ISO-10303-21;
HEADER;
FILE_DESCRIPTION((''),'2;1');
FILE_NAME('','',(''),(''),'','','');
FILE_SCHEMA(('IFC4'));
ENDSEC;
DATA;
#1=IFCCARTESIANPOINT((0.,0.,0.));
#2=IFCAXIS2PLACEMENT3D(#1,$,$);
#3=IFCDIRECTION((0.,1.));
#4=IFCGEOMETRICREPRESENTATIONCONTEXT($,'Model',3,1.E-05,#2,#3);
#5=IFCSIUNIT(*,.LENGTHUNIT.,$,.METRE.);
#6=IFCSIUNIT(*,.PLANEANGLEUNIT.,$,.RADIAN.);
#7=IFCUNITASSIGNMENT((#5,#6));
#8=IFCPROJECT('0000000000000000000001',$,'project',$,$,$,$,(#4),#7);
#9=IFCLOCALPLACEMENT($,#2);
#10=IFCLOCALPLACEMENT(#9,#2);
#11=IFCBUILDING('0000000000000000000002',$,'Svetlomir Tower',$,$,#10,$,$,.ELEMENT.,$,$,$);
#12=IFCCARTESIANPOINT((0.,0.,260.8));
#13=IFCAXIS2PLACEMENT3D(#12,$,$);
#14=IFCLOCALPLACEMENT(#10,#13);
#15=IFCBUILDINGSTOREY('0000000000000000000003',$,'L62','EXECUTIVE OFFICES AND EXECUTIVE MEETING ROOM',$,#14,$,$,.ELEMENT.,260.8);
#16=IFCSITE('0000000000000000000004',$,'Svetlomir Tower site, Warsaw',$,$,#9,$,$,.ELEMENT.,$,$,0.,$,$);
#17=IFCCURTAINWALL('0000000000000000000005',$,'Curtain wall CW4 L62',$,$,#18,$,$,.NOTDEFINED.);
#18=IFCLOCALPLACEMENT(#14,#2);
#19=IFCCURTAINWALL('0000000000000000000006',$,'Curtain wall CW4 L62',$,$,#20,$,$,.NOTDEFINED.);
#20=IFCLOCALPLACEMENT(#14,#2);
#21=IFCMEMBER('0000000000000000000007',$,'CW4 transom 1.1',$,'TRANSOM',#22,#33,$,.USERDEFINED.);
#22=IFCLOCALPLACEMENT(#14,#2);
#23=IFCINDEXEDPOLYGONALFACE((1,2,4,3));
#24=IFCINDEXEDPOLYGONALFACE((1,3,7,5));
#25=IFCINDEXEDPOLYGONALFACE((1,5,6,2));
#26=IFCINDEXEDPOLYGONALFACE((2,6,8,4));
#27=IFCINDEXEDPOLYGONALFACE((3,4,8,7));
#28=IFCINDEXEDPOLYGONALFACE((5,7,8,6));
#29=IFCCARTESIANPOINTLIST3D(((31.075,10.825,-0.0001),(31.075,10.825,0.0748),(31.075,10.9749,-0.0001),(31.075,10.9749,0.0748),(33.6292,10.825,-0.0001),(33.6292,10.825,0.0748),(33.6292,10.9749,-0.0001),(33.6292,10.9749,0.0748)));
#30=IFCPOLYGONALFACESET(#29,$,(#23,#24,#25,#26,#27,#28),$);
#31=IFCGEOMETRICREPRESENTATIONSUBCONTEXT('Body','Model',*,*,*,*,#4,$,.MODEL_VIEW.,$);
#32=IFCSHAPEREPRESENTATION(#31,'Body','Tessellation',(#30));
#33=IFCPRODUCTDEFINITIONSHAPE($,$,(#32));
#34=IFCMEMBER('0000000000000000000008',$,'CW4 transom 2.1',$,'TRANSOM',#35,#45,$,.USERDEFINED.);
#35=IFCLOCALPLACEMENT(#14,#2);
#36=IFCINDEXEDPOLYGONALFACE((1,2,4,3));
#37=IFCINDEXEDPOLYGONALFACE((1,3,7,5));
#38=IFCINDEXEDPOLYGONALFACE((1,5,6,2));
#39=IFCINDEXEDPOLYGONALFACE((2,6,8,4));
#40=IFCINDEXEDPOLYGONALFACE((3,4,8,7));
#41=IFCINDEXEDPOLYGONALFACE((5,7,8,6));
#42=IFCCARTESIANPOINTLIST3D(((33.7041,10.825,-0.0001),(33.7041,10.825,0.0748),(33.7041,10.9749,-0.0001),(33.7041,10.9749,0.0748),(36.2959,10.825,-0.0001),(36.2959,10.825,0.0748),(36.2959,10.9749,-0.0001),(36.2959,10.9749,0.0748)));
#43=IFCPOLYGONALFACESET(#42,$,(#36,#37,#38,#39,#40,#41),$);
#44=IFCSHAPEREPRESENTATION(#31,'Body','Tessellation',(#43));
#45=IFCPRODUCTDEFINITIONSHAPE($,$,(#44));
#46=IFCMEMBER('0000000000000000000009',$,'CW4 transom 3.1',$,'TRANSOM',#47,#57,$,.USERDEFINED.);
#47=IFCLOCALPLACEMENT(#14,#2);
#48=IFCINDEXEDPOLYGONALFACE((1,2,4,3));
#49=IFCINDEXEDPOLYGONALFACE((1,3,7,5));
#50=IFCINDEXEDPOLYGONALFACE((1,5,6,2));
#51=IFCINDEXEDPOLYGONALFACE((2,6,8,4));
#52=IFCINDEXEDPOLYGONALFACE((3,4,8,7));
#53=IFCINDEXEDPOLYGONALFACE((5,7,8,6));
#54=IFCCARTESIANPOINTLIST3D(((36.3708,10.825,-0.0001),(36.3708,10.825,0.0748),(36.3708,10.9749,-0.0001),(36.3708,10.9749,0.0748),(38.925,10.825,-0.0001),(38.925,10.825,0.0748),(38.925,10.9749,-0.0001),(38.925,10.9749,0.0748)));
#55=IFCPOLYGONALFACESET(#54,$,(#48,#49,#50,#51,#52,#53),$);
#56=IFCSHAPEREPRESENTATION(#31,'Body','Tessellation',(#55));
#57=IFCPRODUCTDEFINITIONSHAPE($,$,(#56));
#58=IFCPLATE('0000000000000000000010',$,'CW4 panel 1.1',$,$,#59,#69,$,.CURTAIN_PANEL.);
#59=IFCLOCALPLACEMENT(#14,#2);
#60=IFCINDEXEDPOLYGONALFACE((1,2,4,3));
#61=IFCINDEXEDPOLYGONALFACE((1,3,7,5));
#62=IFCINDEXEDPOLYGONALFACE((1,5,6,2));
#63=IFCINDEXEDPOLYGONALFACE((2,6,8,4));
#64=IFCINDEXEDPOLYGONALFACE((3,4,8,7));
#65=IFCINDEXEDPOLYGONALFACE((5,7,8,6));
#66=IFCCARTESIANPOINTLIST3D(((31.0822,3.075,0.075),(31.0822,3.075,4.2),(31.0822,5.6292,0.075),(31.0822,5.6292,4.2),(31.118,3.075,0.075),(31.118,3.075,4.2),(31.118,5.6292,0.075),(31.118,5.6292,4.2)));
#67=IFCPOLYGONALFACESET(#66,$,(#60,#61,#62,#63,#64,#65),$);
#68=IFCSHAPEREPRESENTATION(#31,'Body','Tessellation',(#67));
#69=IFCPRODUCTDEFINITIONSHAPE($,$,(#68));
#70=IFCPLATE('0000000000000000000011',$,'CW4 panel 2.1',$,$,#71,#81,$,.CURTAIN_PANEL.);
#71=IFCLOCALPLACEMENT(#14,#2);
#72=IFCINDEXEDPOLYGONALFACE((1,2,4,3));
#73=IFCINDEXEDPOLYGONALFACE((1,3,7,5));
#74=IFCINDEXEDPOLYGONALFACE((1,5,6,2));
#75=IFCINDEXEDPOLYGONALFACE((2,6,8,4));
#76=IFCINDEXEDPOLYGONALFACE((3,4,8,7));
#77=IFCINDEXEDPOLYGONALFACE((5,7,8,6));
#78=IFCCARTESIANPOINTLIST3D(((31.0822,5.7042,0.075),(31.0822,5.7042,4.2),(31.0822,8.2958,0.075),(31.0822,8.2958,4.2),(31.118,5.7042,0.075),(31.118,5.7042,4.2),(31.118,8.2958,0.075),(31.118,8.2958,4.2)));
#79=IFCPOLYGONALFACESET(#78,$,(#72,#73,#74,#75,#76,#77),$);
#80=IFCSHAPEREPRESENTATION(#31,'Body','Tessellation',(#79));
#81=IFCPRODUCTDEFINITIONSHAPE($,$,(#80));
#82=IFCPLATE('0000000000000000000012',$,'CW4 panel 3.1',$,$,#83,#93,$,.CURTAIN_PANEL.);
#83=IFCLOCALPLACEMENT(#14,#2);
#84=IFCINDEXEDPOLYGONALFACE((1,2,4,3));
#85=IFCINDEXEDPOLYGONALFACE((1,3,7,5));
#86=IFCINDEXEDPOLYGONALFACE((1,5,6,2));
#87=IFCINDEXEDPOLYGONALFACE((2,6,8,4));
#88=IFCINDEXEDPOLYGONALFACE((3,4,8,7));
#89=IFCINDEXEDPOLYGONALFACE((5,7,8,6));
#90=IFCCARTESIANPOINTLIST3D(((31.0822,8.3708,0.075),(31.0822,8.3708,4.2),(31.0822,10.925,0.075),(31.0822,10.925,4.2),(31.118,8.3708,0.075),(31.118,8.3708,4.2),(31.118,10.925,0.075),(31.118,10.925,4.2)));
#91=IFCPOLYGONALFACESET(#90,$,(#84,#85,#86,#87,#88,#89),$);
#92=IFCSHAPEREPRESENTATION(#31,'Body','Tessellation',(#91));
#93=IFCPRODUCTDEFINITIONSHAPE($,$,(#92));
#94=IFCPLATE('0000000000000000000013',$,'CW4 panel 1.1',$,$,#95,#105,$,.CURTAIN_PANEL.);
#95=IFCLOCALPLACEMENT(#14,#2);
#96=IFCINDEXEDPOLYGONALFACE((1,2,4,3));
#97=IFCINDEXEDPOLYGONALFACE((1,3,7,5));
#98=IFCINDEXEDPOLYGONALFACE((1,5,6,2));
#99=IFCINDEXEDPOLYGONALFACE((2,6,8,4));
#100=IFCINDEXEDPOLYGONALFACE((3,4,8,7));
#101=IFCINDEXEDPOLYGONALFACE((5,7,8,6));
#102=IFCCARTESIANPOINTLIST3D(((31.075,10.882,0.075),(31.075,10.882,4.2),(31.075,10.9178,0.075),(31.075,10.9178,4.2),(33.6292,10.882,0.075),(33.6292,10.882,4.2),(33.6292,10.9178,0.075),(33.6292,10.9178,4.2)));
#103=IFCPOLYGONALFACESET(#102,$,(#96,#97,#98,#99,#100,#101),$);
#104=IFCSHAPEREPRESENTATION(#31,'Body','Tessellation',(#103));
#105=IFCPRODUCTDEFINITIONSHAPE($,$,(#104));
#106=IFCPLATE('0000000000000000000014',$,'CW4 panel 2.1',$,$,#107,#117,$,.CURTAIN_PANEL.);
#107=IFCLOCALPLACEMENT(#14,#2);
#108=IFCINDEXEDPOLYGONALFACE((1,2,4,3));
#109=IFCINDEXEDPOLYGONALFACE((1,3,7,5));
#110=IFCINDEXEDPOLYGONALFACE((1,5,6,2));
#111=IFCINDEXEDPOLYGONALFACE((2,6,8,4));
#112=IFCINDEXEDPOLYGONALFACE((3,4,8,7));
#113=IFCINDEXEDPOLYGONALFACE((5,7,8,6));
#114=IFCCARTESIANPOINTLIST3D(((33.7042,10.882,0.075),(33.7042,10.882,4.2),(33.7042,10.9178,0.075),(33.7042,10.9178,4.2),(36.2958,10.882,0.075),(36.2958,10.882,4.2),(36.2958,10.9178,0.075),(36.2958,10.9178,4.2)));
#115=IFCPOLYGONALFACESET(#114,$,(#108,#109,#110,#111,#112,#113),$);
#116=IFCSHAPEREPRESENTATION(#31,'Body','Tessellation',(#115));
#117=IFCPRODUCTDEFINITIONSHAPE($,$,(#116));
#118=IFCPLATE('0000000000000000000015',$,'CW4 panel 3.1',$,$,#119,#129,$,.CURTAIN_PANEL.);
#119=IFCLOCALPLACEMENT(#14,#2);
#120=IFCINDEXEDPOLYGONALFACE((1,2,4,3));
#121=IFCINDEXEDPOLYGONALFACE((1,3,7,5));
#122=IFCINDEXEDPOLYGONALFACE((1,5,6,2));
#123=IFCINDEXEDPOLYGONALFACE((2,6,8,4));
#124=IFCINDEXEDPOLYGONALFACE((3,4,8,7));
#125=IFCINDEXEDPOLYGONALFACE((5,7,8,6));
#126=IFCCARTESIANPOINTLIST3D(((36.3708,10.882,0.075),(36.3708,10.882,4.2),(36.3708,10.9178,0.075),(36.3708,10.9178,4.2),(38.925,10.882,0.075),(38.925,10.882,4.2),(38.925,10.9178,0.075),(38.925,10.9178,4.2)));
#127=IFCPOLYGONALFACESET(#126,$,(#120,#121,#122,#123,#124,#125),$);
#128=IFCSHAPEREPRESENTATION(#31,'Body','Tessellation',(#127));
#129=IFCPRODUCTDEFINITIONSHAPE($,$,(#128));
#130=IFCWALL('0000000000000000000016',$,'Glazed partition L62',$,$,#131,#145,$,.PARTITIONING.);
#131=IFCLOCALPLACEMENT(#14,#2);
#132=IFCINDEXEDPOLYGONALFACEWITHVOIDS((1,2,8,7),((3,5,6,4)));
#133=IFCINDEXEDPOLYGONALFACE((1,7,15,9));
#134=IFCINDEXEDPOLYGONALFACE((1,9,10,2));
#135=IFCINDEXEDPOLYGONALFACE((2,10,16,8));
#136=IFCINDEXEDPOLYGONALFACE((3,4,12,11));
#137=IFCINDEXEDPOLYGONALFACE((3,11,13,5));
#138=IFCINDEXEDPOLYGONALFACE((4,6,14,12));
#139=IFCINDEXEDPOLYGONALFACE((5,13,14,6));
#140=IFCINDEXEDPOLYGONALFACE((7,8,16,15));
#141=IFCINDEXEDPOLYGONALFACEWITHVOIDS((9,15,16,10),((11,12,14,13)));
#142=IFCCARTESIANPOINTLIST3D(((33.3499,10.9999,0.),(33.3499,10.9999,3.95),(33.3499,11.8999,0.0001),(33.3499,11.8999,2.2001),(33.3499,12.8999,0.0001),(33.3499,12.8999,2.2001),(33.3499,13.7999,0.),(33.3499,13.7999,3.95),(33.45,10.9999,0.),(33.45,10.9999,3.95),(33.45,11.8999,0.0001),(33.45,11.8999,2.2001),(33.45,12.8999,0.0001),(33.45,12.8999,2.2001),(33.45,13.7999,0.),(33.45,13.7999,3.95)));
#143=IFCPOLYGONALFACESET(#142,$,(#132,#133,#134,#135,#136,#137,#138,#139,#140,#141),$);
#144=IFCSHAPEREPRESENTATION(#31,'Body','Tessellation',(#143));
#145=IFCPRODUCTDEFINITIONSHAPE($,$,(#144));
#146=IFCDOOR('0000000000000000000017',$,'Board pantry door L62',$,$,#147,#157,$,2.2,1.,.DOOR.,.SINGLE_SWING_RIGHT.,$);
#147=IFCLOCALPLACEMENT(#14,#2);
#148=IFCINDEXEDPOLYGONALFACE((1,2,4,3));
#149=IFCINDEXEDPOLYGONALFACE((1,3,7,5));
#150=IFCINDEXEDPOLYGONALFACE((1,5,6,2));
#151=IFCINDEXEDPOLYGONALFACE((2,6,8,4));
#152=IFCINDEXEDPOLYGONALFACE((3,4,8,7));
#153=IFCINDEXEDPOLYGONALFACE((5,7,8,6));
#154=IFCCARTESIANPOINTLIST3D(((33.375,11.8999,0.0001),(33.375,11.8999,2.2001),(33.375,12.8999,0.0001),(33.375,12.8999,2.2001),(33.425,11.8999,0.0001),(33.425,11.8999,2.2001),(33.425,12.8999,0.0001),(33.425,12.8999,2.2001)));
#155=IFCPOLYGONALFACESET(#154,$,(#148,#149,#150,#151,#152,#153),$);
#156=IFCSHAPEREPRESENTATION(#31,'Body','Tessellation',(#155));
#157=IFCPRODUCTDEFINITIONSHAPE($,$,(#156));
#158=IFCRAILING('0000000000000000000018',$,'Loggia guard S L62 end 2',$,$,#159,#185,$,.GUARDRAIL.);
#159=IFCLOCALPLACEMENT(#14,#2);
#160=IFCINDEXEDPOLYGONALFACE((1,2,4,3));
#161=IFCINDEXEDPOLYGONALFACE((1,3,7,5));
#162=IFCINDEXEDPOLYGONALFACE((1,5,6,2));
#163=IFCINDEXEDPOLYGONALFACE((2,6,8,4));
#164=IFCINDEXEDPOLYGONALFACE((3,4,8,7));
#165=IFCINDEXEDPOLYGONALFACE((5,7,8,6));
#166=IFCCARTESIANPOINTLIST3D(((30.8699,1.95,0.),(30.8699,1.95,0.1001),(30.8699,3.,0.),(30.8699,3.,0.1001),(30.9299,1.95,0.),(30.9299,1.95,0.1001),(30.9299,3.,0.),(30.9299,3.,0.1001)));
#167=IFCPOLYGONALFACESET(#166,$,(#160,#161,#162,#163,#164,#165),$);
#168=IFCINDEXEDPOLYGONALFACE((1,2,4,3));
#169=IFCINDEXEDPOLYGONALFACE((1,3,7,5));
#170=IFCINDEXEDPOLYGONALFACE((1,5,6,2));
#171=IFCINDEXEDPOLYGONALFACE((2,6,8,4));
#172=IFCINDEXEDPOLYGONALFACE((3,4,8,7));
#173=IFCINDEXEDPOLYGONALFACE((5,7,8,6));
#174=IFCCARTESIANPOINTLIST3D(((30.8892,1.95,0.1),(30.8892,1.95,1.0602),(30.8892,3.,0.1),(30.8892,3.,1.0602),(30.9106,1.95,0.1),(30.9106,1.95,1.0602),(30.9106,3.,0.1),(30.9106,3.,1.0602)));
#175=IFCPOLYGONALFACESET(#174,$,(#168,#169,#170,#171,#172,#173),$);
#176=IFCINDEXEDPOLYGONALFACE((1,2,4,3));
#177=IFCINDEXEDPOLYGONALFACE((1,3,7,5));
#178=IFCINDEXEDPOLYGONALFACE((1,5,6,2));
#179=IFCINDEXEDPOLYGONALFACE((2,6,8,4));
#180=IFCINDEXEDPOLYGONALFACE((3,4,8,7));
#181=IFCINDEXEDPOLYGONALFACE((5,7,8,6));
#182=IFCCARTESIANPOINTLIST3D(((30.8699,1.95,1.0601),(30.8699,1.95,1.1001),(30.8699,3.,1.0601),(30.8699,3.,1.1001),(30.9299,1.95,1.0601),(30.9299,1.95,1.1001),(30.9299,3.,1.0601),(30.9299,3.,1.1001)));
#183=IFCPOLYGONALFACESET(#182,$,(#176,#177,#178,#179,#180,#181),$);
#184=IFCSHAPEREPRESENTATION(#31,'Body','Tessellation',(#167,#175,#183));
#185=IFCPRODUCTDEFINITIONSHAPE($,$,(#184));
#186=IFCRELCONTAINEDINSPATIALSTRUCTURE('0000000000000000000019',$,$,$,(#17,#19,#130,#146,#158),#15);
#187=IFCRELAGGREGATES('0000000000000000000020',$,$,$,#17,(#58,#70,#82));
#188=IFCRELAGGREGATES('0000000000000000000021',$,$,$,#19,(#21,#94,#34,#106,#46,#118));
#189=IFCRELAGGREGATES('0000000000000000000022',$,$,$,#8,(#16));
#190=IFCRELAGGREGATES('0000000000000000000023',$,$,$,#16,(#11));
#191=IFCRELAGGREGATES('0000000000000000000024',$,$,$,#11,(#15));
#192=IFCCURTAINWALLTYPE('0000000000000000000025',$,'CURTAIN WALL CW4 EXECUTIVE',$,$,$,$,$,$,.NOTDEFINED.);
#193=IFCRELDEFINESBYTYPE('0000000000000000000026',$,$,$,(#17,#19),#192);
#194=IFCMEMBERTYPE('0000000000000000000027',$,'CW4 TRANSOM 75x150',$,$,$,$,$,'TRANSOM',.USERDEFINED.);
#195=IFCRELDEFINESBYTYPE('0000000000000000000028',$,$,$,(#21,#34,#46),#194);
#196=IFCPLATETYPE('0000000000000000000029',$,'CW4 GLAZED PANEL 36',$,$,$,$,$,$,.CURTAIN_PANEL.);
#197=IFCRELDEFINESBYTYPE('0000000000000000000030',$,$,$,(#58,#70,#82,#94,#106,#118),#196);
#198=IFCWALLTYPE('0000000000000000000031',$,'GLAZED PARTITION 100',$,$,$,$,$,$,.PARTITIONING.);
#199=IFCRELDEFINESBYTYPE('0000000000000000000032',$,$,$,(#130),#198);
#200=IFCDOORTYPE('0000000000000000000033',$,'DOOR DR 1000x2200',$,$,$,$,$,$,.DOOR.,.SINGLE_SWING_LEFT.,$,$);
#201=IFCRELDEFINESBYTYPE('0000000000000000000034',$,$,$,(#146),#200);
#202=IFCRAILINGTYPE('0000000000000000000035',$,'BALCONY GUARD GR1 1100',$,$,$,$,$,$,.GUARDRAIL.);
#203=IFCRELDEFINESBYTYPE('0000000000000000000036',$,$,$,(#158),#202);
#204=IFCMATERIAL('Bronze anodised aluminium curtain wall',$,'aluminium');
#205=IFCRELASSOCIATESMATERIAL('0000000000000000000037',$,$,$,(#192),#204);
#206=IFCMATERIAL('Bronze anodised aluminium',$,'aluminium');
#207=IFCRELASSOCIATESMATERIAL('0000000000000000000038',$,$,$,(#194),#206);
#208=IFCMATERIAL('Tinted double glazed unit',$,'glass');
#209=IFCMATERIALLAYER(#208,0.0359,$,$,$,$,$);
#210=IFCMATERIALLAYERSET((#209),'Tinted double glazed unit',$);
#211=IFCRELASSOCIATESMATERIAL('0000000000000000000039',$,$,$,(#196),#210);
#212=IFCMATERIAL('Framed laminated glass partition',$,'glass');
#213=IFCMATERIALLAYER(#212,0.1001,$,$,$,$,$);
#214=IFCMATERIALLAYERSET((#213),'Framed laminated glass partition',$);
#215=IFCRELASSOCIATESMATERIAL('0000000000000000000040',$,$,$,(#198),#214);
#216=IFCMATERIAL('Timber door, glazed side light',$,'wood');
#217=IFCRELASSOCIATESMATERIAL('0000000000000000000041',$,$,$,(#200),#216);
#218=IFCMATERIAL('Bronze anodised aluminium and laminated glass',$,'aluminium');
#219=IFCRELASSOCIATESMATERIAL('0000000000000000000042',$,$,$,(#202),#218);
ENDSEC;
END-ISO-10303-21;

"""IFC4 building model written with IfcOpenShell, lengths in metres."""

from ifc_helpers import new_model, si_unit, direction, frame, frame_2d, origin, origin_2d, place, context, subcontext, project, spatial, rectangle, extrude, material, layer, layer_set, material_profile, profile_set, type_object, element, fill, aggregate, save


model = new_model("IFC4")

# Units and contexts
model_context = context("Model", 3, precision=1e-05, world=origin(), true_north=direction((0.0, 1.0)))
body_context = subcontext(model_context, "Body", "Model", "MODEL_VIEW")
ifc_project = project(units=[si_unit("LENGTHUNIT", "METRE"), si_unit("PLANEANGLEUNIT", "RADIAN")], contexts=[model_context])

# Site, building, storey
site_placement = place(None, origin())
site = spatial("IfcSite", under=ifc_project, at=site_placement, Name="Svetlomir Tower site, Warsaw", CompositionType="ELEMENT", RefElevation=0.0)
building_placement = place(site_placement, origin())
building = spatial("IfcBuilding", under=site, at=building_placement, Name="Svetlomir Tower", CompositionType="ELEMENT")
storey_placement = place(building_placement, frame((0.0, 0.0, 260.8)))
storey = spatial("IfcBuildingStorey", under=building, at=storey_placement, Name="L62", Description="EXECUTIVE OFFICES AND EXECUTIVE MEETING ROOM", CompositionType="ELEMENT", Elevation=260.8)

# Curtain walls
ifc_material_1 = material(Name="Bronze anodised aluminium curtain wall", Category="aluminium")
curtain_wall_type = type_object("IfcCurtainWallType", Name="CURTAIN WALL CW4 EXECUTIVE", PredefinedType="NOTDEFINED", material=ifc_material_1)
curtain_wall_1_placement = place(storey_placement, origin())
curtain_wall_1 = element("IfcCurtainWall", 1, at=curtain_wall_1_placement, inside=storey, type_object=curtain_wall_type, Name="Curtain wall CW4 L62", PredefinedType="NOTDEFINED")
curtain_wall_2_placement = place(storey_placement, origin())
curtain_wall_2 = element("IfcCurtainWall", 2, at=curtain_wall_2_placement, inside=storey, type_object=curtain_wall_type, Name="Curtain wall CW4 L62", PredefinedType="NOTDEFINED")

# Members
ifc_material_2 = material(Name="Bronze anodised aluminium", Category="aluminium")
ifc_material_profile_1 = material_profile(ifc_material_2, rectangle(XDim=0.1499, YDim=0.075, at=origin_2d()), Name="AL 150x75")
ifc_profile_set_1 = profile_set([ifc_material_profile_1], Name="Bronze anodised aluminium 6063-T6")
member_type_1 = type_object("IfcMemberType", Name="CW4 TRANSOM 75x150", ElementType="TRANSOM", PredefinedType="USERDEFINED", material=ifc_profile_set_1)
member_1_placement = place(storey_placement, frame((31.075, 10.8999, 0.0374), z_axis=(1.0, 0.0, 0.0), x_axis=(0.0, 1.0, 0.0)))
member_1 = element("IfcMember", 3, at=member_1_placement, type_object=member_type_1, Name="CW4 transom 1.1", ObjectType="TRANSOM", PredefinedType="USERDEFINED", context=body_context, shape_type="SweptSolid", body=[
    extrude(rectangle(XDim=0.1499, YDim=0.075, at=origin_2d()), origin(), (0.0, 0.0, 1.0), 2.5542),
])
member_2_placement = place(storey_placement, frame((33.7041, 10.8999, 0.0374), z_axis=(1.0, 0.0, 0.0), x_axis=(0.0, 1.0, 0.0)))
member_2 = element("IfcMember", 4, at=member_2_placement, type_object=member_type_1, Name="CW4 transom 2.1", ObjectType="TRANSOM", PredefinedType="USERDEFINED", context=body_context, shape_type="SweptSolid", body=[
    extrude(rectangle(XDim=0.1499, YDim=0.075, at=origin_2d()), origin(), (0.0, 0.0, 1.0), 2.5918),
])
member_3_placement = place(storey_placement, frame((36.3708, 10.8999, 0.0374), z_axis=(1.0, 0.0, 0.0), x_axis=(0.0, 1.0, 0.0)))
member_3 = element("IfcMember", 5, at=member_3_placement, type_object=member_type_1, Name="CW4 transom 3.1", ObjectType="TRANSOM", PredefinedType="USERDEFINED", context=body_context, shape_type="SweptSolid", body=[
    extrude(rectangle(XDim=0.1499, YDim=0.075, at=origin_2d()), origin(), (0.0, 0.0, 1.0), 2.5542),
])

# Plates
ifc_material_3 = material(Name="Tinted double glazed unit", Category="glass")
ifc_layer_1 = layer(ifc_material_3, 0.0359)
ifc_layer_set_1 = layer_set([ifc_layer_1], Name="Tinted double glazed unit")
plate_type = type_object("IfcPlateType", Name="CW4 GLAZED PANEL 36", PredefinedType="CURTAIN_PANEL", material=ifc_layer_set_1)
plate_1_placement = place(storey_placement, frame((31.1001, 4.3521, 0.075), z_axis=(0.0, 0.0, 1.0), x_axis=(0.0, 1.0, 0.0)))
plate_1 = element("IfcPlate", 6, at=plate_1_placement, type_object=plate_type, Name="CW4 panel 1.1", PredefinedType="CURTAIN_PANEL", context=body_context, shape_type="SweptSolid", body=[
    extrude(rectangle(XDim=2.5542, YDim=0.0359, at=origin_2d()), origin(), (0.0, 0.0, 1.0), 4.125),
])
plate_2_placement = place(storey_placement, frame((31.1001, 7.0, 0.075), z_axis=(0.0, 0.0, 1.0), x_axis=(0.0, 1.0, 0.0)))
plate_2 = element("IfcPlate", 7, at=plate_2_placement, type_object=plate_type, Name="CW4 panel 2.1", PredefinedType="CURTAIN_PANEL", context=body_context, shape_type="SweptSolid", body=[
    extrude(rectangle(XDim=2.5916, YDim=0.0359, at=origin_2d()), origin(), (0.0, 0.0, 1.0), 4.125),
])
plate_3_placement = place(storey_placement, frame((31.1001, 9.6479, 0.075), z_axis=(0.0, 0.0, 1.0), x_axis=(0.0, 1.0, 0.0)))
plate_3 = element("IfcPlate", 8, at=plate_3_placement, type_object=plate_type, Name="CW4 panel 3.1", PredefinedType="CURTAIN_PANEL", context=body_context, shape_type="SweptSolid", body=[
    extrude(rectangle(XDim=2.5542, YDim=0.0359, at=origin_2d()), origin(), (0.0, 0.0, 1.0), 4.125),
])
aggregate(curtain_wall_1, [plate_1, plate_2, plate_3])
plate_4_placement = place(storey_placement, frame((32.3521, 10.8999, 0.075), z_axis=(0.0, 0.0, 1.0), x_axis=(1.0, 0.0, 0.0)))
plate_4 = element("IfcPlate", 9, at=plate_4_placement, type_object=plate_type, Name="CW4 panel 1.1", PredefinedType="CURTAIN_PANEL", context=body_context, shape_type="SweptSolid", body=[
    extrude(rectangle(XDim=2.5542, YDim=0.0359, at=origin_2d()), origin(), (0.0, 0.0, 1.0), 4.125),
])
plate_5_placement = place(storey_placement, frame((35.0, 10.8999, 0.075), z_axis=(0.0, 0.0, 1.0), x_axis=(1.0, 0.0, 0.0)))
plate_5 = element("IfcPlate", 10, at=plate_5_placement, type_object=plate_type, Name="CW4 panel 2.1", PredefinedType="CURTAIN_PANEL", context=body_context, shape_type="SweptSolid", body=[
    extrude(rectangle(XDim=2.5916, YDim=0.0359, at=origin_2d()), origin(), (0.0, 0.0, 1.0), 4.125),
])
plate_6_placement = place(storey_placement, frame((37.6479, 10.8999, 0.075), z_axis=(0.0, 0.0, 1.0), x_axis=(1.0, 0.0, 0.0)))
plate_6 = element("IfcPlate", 11, at=plate_6_placement, type_object=plate_type, Name="CW4 panel 3.1", PredefinedType="CURTAIN_PANEL", context=body_context, shape_type="SweptSolid", body=[
    extrude(rectangle(XDim=2.5542, YDim=0.0359, at=origin_2d()), origin(), (0.0, 0.0, 1.0), 4.125),
])
aggregate(curtain_wall_2, [member_1, plate_4, member_2, plate_5, member_3, plate_6])

# Wall, opening, door
ifc_material_4 = material(Name="Framed laminated glass partition", Category="glass")
ifc_layer_2 = layer(ifc_material_4, 0.1001)
ifc_layer_set_2 = layer_set([ifc_layer_2], Name="Framed laminated glass partition")
wall_type = type_object("IfcWallType", Name="GLAZED PARTITION 100", PredefinedType="PARTITIONING", material=ifc_layer_set_2)
wall_placement = place(storey_placement, frame((33.3999, 11.0, 0.0), z_axis=(0.0, 0.0, 1.0), x_axis=(0.0, 1.0, 0.0)))
wall = element("IfcWall", 12, at=wall_placement, inside=storey, type_object=wall_type, Name="Glazed partition L62", PredefinedType="PARTITIONING", context=body_context, shape_type="SweptSolid", body=[
    extrude(rectangle(XDim=2.8, YDim=0.1001, at=frame_2d((1.3999, 0.0))), origin(), (0.0, 0.0, 1.0), 3.95),
])
opening_placement = place(wall_placement, frame((0.8999, 0.0, 0.0)))
opening = element("IfcOpeningElement", 13, at=opening_placement, cuts=wall, PredefinedType="OPENING", context=body_context, shape_type="SweptSolid", body=[
    extrude(rectangle(XDim=1.0, YDim=2.2, at=frame_2d((0.5, 1.1001))), frame((0.0, 0.0601, 0.0), z_axis=(0.0, -1.0, 0.0), x_axis=(1.0, 0.0, 0.0)), (0.0, 0.0, 1.0), 0.1201),
])
ifc_material_5 = material(Name="Timber door, glazed side light", Category="wood")
door_type = type_object("IfcDoorType", Name="DOOR DR 1000x2200", OperationType="SINGLE_SWING_LEFT", PredefinedType="DOOR", material=ifc_material_5)
door_placement = place(opening_placement, origin())
door = element("IfcDoor", 14, at=door_placement, inside=storey, type_object=door_type, Name="Board pantry door L62", OperationType="SINGLE_SWING_RIGHT", OverallHeight=2.2, OverallWidth=1.0, PredefinedType="DOOR", context=body_context, shape_type="SweptSolid", body=[
    extrude(rectangle(XDim=1.0, YDim=2.2, at=frame_2d((0.5, 1.1001))), frame((0.0, 0.0249, 0.0), z_axis=(0.0, -1.0, 0.0), x_axis=(1.0, 0.0, 0.0)), (0.0, 0.0, 1.0), 0.05),
])
fill(opening, door)

# Railing
ifc_material_6 = material(Name="Bronze anodised aluminium and laminated glass", Category="aluminium")
railing_type = type_object("IfcRailingType", Name="BALCONY GUARD GR1 1100", PredefinedType="GUARDRAIL", material=ifc_material_6)
railing_placement = place(storey_placement, frame((30.8999, 1.95, 0.0)))
element("IfcRailing", 15, at=railing_placement, inside=storey, type_object=railing_type, Name="Loggia guard S L62 end 2", PredefinedType="GUARDRAIL", context=body_context, shape_type="SweptSolid", body=[
    extrude(rectangle(XDim=0.0601, YDim=0.1001, at=origin_2d()), frame((0.0, 0.0, 0.05), z_axis=(0.0, 1.0, 0.0), x_axis=(-1.0, 0.0, 0.0)), (0.0, 0.0, 1.0), 1.05),
    extrude(rectangle(XDim=0.0215, YDim=0.9602, at=origin_2d()), frame((0.0, 0.0, 0.5801), z_axis=(0.0, 1.0, 0.0), x_axis=(-1.0, 0.0, 0.0)), (0.0, 0.0, 1.0), 1.05),
    extrude(rectangle(XDim=0.0601, YDim=0.04, at=origin_2d()), frame((0.0, 0.0, 1.0801), z_axis=(0.0, 1.0, 0.0), x_axis=(-1.0, 0.0, 0.0)), (0.0, 0.0, 1.0), 1.05),
])

save(model, "model.ifc")
